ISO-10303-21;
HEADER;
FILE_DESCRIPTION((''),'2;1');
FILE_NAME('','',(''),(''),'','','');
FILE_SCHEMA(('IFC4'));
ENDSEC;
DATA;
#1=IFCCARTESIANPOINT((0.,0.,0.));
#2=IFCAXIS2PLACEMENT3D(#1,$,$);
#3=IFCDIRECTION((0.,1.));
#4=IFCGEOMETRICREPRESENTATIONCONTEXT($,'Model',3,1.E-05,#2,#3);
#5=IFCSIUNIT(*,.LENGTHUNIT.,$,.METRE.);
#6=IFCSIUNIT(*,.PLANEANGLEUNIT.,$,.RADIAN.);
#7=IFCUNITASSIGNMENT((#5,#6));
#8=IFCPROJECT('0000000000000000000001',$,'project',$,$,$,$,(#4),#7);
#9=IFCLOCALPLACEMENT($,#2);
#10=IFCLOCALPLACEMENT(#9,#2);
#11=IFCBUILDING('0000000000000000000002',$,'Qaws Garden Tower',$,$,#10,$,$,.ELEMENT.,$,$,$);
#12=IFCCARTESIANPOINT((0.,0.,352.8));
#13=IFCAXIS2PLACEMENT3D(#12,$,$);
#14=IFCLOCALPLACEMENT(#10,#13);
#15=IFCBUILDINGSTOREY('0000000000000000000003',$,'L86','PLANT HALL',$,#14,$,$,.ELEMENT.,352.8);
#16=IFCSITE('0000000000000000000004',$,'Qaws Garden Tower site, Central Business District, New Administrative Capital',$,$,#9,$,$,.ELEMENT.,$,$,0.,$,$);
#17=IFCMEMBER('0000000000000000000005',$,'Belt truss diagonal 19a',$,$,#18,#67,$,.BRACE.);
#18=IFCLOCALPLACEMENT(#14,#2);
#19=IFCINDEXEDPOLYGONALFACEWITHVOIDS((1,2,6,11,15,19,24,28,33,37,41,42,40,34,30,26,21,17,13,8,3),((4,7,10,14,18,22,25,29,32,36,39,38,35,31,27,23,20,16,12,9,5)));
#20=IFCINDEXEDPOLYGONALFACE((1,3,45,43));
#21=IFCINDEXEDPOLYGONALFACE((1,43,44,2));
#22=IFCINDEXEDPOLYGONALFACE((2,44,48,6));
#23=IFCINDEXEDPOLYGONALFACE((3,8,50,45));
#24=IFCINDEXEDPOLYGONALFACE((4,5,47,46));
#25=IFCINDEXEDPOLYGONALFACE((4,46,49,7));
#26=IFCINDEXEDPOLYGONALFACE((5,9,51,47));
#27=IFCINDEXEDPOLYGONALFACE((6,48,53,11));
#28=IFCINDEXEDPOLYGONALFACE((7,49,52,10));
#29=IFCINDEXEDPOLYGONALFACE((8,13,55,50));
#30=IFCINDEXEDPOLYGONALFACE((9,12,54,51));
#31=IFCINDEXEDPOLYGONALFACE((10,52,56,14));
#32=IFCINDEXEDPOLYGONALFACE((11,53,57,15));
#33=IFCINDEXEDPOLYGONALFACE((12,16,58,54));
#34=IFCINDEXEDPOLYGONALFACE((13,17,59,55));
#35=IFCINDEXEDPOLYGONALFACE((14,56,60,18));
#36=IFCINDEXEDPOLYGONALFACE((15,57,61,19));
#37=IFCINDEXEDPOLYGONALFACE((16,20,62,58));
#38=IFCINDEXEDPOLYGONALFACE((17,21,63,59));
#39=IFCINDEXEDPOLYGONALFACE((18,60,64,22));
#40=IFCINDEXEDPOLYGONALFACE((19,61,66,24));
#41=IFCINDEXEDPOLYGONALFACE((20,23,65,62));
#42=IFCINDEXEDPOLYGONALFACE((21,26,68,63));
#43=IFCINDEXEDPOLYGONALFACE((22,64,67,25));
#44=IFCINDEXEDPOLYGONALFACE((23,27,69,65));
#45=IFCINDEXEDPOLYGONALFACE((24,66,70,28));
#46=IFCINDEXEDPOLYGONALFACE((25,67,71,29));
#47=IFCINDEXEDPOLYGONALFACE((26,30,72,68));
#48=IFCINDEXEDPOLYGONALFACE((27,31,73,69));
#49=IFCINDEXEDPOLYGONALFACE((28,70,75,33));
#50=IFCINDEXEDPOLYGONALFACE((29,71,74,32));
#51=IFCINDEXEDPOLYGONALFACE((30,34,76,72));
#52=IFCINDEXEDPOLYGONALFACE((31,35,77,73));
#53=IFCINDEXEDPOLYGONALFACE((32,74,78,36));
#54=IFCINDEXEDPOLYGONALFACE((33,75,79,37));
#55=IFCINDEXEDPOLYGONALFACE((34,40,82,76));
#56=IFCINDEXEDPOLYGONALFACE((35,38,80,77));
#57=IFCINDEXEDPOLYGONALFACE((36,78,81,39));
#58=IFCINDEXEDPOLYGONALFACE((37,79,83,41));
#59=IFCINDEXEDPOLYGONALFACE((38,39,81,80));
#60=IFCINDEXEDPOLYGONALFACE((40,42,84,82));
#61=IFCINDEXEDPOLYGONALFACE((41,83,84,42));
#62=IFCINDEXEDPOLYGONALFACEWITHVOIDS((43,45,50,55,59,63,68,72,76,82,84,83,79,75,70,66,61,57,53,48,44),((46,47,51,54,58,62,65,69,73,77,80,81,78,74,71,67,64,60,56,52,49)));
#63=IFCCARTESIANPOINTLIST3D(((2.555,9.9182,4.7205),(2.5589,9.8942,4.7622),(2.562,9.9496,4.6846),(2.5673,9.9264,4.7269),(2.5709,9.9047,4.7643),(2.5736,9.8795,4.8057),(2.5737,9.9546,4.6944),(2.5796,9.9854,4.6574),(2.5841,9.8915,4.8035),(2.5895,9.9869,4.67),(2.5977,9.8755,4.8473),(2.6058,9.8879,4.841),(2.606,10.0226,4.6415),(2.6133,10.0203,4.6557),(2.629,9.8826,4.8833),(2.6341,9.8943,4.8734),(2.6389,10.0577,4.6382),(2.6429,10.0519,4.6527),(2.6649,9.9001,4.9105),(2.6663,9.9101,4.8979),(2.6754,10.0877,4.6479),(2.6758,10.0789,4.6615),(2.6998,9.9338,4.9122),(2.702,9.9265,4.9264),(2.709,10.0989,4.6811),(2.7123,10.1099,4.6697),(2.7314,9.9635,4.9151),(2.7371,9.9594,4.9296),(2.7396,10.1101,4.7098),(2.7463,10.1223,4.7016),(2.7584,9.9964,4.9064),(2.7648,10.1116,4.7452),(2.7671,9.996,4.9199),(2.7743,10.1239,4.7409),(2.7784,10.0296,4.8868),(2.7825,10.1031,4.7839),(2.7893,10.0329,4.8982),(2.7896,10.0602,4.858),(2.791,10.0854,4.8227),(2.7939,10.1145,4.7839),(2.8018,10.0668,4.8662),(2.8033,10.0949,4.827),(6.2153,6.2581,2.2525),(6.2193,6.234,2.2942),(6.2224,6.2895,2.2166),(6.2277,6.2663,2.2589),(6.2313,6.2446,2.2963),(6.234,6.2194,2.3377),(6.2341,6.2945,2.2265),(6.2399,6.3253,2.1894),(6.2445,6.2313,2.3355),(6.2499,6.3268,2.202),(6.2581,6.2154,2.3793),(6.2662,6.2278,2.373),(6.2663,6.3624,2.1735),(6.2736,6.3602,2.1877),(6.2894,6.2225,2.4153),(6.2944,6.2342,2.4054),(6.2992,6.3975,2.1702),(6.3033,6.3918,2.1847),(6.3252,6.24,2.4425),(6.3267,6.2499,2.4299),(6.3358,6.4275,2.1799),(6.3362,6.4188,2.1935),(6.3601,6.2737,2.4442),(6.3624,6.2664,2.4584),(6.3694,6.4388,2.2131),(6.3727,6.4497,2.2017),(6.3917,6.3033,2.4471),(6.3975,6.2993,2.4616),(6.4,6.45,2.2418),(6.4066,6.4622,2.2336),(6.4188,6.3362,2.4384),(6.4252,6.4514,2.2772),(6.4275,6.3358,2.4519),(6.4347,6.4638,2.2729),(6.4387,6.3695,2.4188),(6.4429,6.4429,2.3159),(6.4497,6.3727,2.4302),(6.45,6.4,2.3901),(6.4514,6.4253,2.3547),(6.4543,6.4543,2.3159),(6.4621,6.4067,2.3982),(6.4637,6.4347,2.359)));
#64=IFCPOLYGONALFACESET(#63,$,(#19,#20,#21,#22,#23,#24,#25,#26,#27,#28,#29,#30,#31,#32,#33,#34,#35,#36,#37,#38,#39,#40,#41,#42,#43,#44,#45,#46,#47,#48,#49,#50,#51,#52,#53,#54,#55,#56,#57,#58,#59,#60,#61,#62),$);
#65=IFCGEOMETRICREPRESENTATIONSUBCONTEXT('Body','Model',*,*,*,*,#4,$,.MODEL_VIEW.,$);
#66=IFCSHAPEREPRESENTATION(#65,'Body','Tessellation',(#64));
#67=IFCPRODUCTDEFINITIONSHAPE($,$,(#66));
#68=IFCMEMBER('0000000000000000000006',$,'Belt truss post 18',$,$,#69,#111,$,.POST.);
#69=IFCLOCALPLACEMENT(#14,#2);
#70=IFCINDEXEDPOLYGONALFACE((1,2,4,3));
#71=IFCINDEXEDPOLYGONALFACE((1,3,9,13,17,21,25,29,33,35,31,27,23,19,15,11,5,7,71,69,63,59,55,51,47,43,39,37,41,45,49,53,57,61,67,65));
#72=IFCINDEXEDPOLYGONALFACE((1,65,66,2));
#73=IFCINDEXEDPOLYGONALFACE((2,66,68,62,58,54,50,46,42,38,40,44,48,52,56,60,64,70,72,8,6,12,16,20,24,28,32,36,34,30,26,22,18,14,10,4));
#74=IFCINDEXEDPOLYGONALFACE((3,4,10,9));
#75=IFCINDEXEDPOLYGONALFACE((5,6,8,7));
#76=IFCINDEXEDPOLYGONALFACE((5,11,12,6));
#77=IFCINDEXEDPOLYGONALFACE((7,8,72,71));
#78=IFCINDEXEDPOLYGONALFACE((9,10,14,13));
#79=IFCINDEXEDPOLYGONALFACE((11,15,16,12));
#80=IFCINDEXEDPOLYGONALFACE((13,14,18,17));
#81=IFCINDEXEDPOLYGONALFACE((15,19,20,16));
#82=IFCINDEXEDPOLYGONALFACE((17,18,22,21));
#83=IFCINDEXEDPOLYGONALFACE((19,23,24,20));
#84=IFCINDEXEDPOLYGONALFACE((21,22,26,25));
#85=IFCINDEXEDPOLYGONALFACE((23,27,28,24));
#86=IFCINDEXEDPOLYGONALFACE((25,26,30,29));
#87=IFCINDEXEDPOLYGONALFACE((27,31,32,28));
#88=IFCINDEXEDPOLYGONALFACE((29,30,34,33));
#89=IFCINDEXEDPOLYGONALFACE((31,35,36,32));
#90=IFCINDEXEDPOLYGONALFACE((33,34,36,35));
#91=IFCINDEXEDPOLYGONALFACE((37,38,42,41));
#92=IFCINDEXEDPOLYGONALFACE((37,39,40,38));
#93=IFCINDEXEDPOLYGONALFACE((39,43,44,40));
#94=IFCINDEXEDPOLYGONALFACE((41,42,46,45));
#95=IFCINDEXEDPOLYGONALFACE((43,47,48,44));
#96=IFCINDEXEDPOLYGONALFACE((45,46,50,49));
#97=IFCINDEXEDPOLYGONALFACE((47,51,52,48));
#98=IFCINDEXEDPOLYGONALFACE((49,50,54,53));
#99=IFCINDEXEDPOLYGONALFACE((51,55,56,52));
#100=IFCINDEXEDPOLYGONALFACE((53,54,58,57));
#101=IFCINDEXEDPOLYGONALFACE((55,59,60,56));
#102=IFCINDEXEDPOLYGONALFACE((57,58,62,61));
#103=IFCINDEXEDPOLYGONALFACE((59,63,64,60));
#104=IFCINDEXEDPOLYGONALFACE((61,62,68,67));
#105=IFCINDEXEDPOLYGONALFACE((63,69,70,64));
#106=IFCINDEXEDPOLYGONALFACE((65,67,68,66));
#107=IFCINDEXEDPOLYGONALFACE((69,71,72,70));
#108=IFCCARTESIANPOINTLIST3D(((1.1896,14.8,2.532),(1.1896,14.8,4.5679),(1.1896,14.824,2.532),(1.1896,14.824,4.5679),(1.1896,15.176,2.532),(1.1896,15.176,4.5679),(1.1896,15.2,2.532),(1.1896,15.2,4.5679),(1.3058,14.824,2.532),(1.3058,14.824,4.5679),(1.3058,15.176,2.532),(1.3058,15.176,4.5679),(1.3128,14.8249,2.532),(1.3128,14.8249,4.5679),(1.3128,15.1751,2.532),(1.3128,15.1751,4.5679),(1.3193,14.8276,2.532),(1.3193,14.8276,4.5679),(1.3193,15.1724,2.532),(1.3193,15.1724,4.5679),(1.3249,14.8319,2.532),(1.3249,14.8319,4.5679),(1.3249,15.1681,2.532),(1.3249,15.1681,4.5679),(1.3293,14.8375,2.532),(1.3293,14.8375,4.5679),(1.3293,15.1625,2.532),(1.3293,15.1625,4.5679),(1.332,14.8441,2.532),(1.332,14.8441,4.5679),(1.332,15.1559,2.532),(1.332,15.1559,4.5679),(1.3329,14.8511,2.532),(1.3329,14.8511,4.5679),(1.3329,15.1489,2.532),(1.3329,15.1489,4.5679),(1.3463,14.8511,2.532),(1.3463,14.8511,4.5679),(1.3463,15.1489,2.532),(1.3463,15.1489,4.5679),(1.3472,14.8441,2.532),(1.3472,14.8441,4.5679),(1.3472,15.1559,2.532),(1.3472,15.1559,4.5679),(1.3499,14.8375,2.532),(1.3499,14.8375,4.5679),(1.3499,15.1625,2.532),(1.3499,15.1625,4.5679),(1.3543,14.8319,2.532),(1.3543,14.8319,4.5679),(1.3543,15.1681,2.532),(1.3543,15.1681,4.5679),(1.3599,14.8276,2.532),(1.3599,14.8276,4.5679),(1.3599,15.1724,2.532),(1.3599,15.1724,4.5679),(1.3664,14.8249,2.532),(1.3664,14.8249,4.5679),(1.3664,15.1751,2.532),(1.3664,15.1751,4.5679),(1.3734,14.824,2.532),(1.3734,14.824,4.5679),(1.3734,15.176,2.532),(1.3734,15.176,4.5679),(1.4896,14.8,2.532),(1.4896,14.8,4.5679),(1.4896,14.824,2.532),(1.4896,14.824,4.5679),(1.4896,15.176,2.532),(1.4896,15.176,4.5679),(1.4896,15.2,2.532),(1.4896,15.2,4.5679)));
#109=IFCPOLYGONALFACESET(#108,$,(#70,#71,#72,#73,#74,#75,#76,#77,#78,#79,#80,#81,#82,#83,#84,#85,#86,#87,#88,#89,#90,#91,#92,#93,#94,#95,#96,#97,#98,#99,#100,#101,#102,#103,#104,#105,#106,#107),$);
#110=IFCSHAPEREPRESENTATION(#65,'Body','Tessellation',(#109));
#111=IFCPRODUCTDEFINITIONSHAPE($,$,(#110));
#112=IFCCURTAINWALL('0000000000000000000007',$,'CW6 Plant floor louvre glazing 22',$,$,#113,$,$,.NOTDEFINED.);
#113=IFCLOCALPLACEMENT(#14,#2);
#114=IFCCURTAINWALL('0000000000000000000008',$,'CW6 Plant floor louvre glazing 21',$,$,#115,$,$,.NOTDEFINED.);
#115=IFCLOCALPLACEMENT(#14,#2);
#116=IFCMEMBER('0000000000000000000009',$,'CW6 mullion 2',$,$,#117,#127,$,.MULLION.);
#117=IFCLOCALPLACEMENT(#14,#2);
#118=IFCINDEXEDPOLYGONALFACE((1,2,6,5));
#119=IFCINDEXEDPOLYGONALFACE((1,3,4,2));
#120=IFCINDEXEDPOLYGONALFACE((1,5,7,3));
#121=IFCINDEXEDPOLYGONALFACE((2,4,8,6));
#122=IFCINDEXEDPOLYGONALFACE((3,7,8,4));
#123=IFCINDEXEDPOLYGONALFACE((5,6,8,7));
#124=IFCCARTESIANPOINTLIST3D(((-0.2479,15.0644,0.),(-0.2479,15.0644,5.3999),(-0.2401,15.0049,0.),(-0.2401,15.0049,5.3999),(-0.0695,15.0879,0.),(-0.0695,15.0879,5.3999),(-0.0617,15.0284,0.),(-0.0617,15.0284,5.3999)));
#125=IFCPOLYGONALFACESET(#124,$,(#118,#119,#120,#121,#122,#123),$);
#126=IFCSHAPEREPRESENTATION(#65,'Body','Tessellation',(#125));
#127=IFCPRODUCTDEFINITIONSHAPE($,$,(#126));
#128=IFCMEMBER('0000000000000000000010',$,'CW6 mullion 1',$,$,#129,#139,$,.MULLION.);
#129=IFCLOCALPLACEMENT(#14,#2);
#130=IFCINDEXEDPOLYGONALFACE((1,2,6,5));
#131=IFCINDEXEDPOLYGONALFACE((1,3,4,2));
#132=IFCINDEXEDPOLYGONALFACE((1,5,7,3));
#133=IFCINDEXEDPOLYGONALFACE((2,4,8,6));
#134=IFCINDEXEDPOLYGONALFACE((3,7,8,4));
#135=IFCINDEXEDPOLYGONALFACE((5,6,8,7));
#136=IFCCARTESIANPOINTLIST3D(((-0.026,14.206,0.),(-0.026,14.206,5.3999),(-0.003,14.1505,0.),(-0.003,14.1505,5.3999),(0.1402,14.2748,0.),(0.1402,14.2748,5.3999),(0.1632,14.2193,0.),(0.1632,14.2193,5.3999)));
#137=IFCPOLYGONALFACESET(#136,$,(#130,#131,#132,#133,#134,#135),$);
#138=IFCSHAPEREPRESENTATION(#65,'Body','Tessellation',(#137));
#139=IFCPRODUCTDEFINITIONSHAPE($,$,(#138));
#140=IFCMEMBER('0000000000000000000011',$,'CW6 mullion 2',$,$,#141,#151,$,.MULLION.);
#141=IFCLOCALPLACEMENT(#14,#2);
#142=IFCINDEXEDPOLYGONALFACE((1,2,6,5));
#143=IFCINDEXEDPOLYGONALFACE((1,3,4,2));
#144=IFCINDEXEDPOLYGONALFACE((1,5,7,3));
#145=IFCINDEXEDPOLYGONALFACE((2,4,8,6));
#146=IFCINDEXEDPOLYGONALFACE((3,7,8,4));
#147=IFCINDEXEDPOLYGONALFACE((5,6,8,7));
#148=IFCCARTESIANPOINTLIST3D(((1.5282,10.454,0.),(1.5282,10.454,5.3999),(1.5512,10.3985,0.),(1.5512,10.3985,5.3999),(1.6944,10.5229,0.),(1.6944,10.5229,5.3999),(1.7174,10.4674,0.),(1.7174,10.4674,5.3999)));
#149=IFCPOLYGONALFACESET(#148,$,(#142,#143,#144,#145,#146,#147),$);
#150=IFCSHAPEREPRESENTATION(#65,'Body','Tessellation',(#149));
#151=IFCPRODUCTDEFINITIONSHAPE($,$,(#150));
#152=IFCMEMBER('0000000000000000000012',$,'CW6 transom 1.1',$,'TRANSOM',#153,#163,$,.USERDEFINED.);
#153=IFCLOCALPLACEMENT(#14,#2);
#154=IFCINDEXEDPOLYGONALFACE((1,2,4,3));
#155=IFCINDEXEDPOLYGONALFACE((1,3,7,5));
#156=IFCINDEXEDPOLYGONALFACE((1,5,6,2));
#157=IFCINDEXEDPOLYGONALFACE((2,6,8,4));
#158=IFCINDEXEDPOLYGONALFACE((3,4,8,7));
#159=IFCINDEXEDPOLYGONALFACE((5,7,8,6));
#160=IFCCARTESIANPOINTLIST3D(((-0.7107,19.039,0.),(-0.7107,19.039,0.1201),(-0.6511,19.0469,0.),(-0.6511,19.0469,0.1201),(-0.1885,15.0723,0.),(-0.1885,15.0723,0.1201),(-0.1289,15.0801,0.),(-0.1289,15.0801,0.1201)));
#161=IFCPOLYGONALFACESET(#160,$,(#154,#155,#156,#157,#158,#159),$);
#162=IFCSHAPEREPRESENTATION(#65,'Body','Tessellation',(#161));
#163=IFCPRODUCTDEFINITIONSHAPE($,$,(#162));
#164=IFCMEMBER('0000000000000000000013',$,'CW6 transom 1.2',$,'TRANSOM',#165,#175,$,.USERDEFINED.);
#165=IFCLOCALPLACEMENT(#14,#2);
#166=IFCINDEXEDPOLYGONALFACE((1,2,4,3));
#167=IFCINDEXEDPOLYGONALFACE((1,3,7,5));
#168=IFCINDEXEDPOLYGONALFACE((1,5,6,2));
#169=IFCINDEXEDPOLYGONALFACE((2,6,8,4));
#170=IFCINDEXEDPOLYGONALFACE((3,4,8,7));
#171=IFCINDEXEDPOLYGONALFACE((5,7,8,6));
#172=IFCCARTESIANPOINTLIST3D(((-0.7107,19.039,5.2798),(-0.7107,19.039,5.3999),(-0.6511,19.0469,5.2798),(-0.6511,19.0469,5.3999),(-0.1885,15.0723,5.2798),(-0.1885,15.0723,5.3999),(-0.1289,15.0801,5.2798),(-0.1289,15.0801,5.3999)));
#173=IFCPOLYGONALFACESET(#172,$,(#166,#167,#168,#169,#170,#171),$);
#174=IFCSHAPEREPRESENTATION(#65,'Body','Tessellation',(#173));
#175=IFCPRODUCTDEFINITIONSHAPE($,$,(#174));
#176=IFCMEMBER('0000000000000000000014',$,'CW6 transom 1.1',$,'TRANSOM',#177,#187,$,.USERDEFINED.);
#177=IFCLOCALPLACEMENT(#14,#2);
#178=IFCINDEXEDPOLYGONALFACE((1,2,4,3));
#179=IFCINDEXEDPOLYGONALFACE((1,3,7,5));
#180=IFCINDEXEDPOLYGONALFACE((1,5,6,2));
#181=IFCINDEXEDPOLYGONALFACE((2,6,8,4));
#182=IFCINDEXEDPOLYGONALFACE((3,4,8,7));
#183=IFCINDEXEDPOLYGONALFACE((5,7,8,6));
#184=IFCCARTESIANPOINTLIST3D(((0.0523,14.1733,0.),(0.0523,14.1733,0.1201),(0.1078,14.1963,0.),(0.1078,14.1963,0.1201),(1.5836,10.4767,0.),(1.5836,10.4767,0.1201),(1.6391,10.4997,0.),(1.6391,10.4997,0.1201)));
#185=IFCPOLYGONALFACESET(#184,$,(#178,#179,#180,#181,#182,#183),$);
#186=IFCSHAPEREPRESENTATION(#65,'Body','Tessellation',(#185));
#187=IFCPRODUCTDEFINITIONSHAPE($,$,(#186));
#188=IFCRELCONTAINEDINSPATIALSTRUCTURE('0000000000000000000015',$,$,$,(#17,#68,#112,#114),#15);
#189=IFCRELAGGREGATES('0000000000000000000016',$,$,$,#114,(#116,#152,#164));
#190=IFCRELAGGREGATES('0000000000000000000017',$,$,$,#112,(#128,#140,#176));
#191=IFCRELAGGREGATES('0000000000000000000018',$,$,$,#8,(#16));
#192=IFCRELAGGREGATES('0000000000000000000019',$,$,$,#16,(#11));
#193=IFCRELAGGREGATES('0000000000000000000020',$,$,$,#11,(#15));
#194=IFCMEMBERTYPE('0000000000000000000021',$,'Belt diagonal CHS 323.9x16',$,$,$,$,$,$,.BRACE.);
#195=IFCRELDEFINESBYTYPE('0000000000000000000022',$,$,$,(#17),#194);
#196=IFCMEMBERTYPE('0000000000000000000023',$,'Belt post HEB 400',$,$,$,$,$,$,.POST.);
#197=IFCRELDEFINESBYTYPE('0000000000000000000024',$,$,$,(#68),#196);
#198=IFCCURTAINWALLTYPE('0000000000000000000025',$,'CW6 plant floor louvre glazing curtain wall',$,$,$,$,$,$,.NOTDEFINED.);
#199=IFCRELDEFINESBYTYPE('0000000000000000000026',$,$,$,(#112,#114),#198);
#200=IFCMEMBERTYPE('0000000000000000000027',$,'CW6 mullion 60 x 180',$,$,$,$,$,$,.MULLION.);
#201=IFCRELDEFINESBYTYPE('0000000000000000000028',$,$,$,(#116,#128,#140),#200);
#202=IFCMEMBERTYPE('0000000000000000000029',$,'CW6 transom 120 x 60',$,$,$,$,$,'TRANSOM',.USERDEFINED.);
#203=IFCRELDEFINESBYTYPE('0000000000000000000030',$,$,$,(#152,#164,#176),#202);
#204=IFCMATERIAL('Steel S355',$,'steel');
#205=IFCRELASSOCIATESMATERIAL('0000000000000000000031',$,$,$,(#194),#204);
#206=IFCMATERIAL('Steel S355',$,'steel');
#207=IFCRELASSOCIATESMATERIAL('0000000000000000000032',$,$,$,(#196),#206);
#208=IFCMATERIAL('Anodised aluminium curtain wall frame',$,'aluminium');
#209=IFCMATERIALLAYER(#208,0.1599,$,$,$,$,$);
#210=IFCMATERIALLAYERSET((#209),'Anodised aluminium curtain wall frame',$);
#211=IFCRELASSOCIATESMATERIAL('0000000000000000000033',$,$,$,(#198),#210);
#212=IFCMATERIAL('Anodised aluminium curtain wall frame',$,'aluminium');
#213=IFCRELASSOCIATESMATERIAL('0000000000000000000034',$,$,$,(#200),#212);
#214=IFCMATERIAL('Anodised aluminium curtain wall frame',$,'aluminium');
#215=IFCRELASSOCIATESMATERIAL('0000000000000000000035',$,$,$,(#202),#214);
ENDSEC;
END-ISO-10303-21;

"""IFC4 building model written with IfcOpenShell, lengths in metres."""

from ifc_helpers import new_model, si_unit, direction, frame, origin, origin_2d, place, context, subcontext, project, spatial, rectangle, hollow_circle, i_section, extrude, material, layer, layer_set, material_profile, profile_set, type_object, element, aggregate, save


model = new_model("IFC4")

# Units and contexts
model_context = context("Model", 3, precision=1e-05, world=origin(), true_north=direction((0.0, 1.0)))
body_context = subcontext(model_context, "Body", "Model", "MODEL_VIEW")
ifc_project = project(units=[si_unit("LENGTHUNIT", "METRE"), si_unit("PLANEANGLEUNIT", "RADIAN")], contexts=[model_context])

# Site, building, storey
site_placement = place(None, origin())
site = spatial("IfcSite", under=ifc_project, at=site_placement, Name="Qaws Garden Tower site, Central Business District, New Administrative Capital", CompositionType="ELEMENT", RefElevation=0.0)
building_placement = place(site_placement, origin())
building = spatial("IfcBuilding", under=site, at=building_placement, Name="Qaws Garden Tower", CompositionType="ELEMENT")
storey_placement = place(building_placement, frame((0.0, 0.0, 352.8)))
storey = spatial("IfcBuildingStorey", under=building, at=storey_placement, Name="L86", Description="PLANT HALL", CompositionType="ELEMENT", Elevation=352.8)

# Members
ifc_material_1 = material(Name="Steel S355", Category="steel")
ifc_material_profile_1 = material_profile(ifc_material_1, hollow_circle(Radius=0.1619, WallThickness=0.0161, at=origin_2d()), Name="CHS 323.9x16")
ifc_profile_set_1 = profile_set([ifc_material_profile_1], Name="Steel S355")
member_type_1 = type_object("IfcMemberType", Name="Belt diagonal CHS 323.9x16", PredefinedType="BRACE", material=ifc_profile_set_1)
for number, where, z_axis, x_axis, name in (
    (1, (2.6794, 10.0, 4.7839), (0.638294, -0.638251, -0.430368), (0.707083, 0.70713, 0.0), "Belt truss diagonal 19a"),
):
    element("IfcMember", number, at=place(storey_placement, frame(where, z_axis=z_axis, x_axis=x_axis)), inside=storey, type_object=member_type_1, Name=name, PredefinedType="BRACE", context=body_context, shape_type="SweptSolid", body=[
        extrude(hollow_circle(Radius=0.1619, WallThickness=0.0161, at=origin_2d()), origin(), (0.0, 0.0, 1.0), 5.7346),
    ])
ifc_material_2 = material(Name="Steel S355", Category="steel")
ifc_material_profile_2 = material_profile(ifc_material_2, i_section(OverallWidth=0.3, OverallDepth=0.3999, WebThickness=0.0134, FlangeThickness=0.0239, FilletRadius=0.0271, at=origin_2d()), Name="HEB 400")
ifc_profile_set_2 = profile_set([ifc_material_profile_2], Name="Steel S355")
member_type_2 = type_object("IfcMemberType", Name="Belt post HEB 400", PredefinedType="POST", material=ifc_profile_set_2)
member_1_placement = place(storey_placement, frame((1.3396, 15.0, 2.532), z_axis=(0.0, 0.0, 1.0), x_axis=(1.0, 0.0, 0.0)))
element("IfcMember", 2, at=member_1_placement, inside=storey, type_object=member_type_2, Name="Belt truss post 18", PredefinedType="POST", context=body_context, shape_type="SweptSolid", body=[
    extrude(i_section(OverallWidth=0.3, OverallDepth=0.3999, WebThickness=0.0134, FlangeThickness=0.0239, FilletRadius=0.0271, at=origin_2d()), origin(), (0.0, 0.0, 1.0), 2.0359),
])

# Curtain walls, member
ifc_material_3 = material(Name="Anodised aluminium curtain wall frame", Category="aluminium")
ifc_layer_1 = layer(ifc_material_3, 0.1599)
ifc_layer_set_1 = layer_set([ifc_layer_1], Name="Anodised aluminium curtain wall frame")
curtain_wall_type = type_object("IfcCurtainWallType", Name="CW6 plant floor louvre glazing curtain wall", PredefinedType="NOTDEFINED", material=ifc_layer_set_1)
placement_1 = place(storey_placement, origin())
curtain_wall_1 = element("IfcCurtainWall", 3, at=placement_1, inside=storey, type_object=curtain_wall_type, Name="CW6 Plant floor louvre glazing 22", PredefinedType="NOTDEFINED")
curtain_wall_2 = element("IfcCurtainWall", 4, at=placement_1, inside=storey, type_object=curtain_wall_type, Name="CW6 Plant floor louvre glazing 21", PredefinedType="NOTDEFINED")
ifc_material_4 = material(Name="Anodised aluminium curtain wall frame", Category="aluminium")
ifc_material_profile_3 = material_profile(ifc_material_4, rectangle(XDim=0.1799, YDim=0.0601, at=origin_2d()), Name="AL 60x180")
ifc_profile_set_3 = profile_set([ifc_material_profile_3], Name="Anodised aluminium curtain wall frame")
member_type_3 = type_object("IfcMemberType", Name="CW6 mullion 60 x 180", PredefinedType="MULLION", material=ifc_profile_set_3)
member_2_placement = place(storey_placement, frame((-0.1548, 15.0464, 0.0), z_axis=(0.0, 0.0, 1.0), x_axis=(0.991445, 0.130526, 0.0)))
member_2 = element("IfcMember", 5, at=member_2_placement, type_object=member_type_3, Name="CW6 mullion 2", PredefinedType="MULLION", context=body_context, shape_type="SweptSolid", body=[
    extrude(rectangle(XDim=0.1799, YDim=0.0601, at=origin_2d()), origin(), (0.0, 0.0, 1.0), 5.3999),
])

# Members
member_3_placement = place(storey_placement, frame((0.0686, 14.2126, 0.0), z_axis=(0.0, 0.0, 1.0), x_axis=(0.92388, 0.382683, 0.0)))
member_3 = element("IfcMember", 6, at=member_3_placement, type_object=member_type_3, Name="CW6 mullion 1", PredefinedType="MULLION", context=body_context, shape_type="SweptSolid", body=[
    extrude(rectangle(XDim=0.1799, YDim=0.0601, at=origin_2d()), origin(), (0.0, 0.0, 1.0), 5.3999),
])
member_4_placement = place(storey_placement, frame((1.6228, 10.4607, 0.0), z_axis=(0.0, 0.0, 1.0), x_axis=(0.92388, 0.382683, 0.0)))
member_4 = element("IfcMember", 7, at=member_4_placement, type_object=member_type_3, Name="CW6 mullion 2", PredefinedType="MULLION", context=body_context, shape_type="SweptSolid", body=[
    extrude(rectangle(XDim=0.1799, YDim=0.0601, at=origin_2d()), origin(), (0.0, 0.0, 1.0), 5.3999),
])
ifc_material_5 = material(Name="Anodised aluminium curtain wall frame", Category="aluminium")
ifc_material_profile_4 = material_profile(ifc_material_5, rectangle(XDim=0.0601, YDim=0.1201, at=origin_2d()), Name="AL 60x120")
ifc_profile_set_4 = profile_set([ifc_material_profile_4], Name="Anodised aluminium curtain wall frame")
member_type_4 = type_object("IfcMemberType", Name="CW6 transom 120 x 60", ElementType="TRANSOM", PredefinedType="USERDEFINED", material=ifc_profile_set_4)
member_5_placement = place(storey_placement, frame((-0.6809, 19.043, 0.0601), z_axis=(0.130521, -0.991446, 0.0), x_axis=(0.991446, 0.130521, 0.0)))
member_5 = element("IfcMember", 8, at=member_5_placement, type_object=member_type_4, Name="CW6 transom 1.1", ObjectType="TRANSOM", PredefinedType="USERDEFINED", context=body_context, shape_type="SweptSolid", body=[
    extrude(rectangle(XDim=0.0601, YDim=0.1201, at=origin_2d()), origin(), (0.0, 0.0, 1.0), 4.001),
])
member_6_placement = place(storey_placement, frame((-0.6809, 19.043, 5.3398), z_axis=(0.130521, -0.991446, 0.0), x_axis=(0.991446, 0.130521, 0.0)))
member_6 = element("IfcMember", 9, at=member_6_placement, type_object=member_type_4, Name="CW6 transom 1.2", ObjectType="TRANSOM", PredefinedType="USERDEFINED", context=body_context, shape_type="SweptSolid", body=[
    extrude(rectangle(XDim=0.0601, YDim=0.1201, at=origin_2d()), origin(), (0.0, 0.0, 1.0), 4.001),
])
aggregate(curtain_wall_2, [member_2, member_5, member_6])
member_7_placement = place(storey_placement, frame((0.0801, 14.1848, 0.0601), z_axis=(0.382704, -0.923871, 0.0), x_axis=(0.923871, 0.382704, 0.0)))
member_7 = element("IfcMember", 10, at=member_7_placement, type_object=member_type_4, Name="CW6 transom 1.1", ObjectType="TRANSOM", PredefinedType="USERDEFINED", context=body_context, shape_type="SweptSolid", body=[
    extrude(rectangle(XDim=0.0601, YDim=0.1201, at=origin_2d()), origin(), (0.0, 0.0, 1.0), 4.0012),
])

aggregate(curtain_wall_1, [member_3, member_4, member_7])

save(model, "model.ifc")
